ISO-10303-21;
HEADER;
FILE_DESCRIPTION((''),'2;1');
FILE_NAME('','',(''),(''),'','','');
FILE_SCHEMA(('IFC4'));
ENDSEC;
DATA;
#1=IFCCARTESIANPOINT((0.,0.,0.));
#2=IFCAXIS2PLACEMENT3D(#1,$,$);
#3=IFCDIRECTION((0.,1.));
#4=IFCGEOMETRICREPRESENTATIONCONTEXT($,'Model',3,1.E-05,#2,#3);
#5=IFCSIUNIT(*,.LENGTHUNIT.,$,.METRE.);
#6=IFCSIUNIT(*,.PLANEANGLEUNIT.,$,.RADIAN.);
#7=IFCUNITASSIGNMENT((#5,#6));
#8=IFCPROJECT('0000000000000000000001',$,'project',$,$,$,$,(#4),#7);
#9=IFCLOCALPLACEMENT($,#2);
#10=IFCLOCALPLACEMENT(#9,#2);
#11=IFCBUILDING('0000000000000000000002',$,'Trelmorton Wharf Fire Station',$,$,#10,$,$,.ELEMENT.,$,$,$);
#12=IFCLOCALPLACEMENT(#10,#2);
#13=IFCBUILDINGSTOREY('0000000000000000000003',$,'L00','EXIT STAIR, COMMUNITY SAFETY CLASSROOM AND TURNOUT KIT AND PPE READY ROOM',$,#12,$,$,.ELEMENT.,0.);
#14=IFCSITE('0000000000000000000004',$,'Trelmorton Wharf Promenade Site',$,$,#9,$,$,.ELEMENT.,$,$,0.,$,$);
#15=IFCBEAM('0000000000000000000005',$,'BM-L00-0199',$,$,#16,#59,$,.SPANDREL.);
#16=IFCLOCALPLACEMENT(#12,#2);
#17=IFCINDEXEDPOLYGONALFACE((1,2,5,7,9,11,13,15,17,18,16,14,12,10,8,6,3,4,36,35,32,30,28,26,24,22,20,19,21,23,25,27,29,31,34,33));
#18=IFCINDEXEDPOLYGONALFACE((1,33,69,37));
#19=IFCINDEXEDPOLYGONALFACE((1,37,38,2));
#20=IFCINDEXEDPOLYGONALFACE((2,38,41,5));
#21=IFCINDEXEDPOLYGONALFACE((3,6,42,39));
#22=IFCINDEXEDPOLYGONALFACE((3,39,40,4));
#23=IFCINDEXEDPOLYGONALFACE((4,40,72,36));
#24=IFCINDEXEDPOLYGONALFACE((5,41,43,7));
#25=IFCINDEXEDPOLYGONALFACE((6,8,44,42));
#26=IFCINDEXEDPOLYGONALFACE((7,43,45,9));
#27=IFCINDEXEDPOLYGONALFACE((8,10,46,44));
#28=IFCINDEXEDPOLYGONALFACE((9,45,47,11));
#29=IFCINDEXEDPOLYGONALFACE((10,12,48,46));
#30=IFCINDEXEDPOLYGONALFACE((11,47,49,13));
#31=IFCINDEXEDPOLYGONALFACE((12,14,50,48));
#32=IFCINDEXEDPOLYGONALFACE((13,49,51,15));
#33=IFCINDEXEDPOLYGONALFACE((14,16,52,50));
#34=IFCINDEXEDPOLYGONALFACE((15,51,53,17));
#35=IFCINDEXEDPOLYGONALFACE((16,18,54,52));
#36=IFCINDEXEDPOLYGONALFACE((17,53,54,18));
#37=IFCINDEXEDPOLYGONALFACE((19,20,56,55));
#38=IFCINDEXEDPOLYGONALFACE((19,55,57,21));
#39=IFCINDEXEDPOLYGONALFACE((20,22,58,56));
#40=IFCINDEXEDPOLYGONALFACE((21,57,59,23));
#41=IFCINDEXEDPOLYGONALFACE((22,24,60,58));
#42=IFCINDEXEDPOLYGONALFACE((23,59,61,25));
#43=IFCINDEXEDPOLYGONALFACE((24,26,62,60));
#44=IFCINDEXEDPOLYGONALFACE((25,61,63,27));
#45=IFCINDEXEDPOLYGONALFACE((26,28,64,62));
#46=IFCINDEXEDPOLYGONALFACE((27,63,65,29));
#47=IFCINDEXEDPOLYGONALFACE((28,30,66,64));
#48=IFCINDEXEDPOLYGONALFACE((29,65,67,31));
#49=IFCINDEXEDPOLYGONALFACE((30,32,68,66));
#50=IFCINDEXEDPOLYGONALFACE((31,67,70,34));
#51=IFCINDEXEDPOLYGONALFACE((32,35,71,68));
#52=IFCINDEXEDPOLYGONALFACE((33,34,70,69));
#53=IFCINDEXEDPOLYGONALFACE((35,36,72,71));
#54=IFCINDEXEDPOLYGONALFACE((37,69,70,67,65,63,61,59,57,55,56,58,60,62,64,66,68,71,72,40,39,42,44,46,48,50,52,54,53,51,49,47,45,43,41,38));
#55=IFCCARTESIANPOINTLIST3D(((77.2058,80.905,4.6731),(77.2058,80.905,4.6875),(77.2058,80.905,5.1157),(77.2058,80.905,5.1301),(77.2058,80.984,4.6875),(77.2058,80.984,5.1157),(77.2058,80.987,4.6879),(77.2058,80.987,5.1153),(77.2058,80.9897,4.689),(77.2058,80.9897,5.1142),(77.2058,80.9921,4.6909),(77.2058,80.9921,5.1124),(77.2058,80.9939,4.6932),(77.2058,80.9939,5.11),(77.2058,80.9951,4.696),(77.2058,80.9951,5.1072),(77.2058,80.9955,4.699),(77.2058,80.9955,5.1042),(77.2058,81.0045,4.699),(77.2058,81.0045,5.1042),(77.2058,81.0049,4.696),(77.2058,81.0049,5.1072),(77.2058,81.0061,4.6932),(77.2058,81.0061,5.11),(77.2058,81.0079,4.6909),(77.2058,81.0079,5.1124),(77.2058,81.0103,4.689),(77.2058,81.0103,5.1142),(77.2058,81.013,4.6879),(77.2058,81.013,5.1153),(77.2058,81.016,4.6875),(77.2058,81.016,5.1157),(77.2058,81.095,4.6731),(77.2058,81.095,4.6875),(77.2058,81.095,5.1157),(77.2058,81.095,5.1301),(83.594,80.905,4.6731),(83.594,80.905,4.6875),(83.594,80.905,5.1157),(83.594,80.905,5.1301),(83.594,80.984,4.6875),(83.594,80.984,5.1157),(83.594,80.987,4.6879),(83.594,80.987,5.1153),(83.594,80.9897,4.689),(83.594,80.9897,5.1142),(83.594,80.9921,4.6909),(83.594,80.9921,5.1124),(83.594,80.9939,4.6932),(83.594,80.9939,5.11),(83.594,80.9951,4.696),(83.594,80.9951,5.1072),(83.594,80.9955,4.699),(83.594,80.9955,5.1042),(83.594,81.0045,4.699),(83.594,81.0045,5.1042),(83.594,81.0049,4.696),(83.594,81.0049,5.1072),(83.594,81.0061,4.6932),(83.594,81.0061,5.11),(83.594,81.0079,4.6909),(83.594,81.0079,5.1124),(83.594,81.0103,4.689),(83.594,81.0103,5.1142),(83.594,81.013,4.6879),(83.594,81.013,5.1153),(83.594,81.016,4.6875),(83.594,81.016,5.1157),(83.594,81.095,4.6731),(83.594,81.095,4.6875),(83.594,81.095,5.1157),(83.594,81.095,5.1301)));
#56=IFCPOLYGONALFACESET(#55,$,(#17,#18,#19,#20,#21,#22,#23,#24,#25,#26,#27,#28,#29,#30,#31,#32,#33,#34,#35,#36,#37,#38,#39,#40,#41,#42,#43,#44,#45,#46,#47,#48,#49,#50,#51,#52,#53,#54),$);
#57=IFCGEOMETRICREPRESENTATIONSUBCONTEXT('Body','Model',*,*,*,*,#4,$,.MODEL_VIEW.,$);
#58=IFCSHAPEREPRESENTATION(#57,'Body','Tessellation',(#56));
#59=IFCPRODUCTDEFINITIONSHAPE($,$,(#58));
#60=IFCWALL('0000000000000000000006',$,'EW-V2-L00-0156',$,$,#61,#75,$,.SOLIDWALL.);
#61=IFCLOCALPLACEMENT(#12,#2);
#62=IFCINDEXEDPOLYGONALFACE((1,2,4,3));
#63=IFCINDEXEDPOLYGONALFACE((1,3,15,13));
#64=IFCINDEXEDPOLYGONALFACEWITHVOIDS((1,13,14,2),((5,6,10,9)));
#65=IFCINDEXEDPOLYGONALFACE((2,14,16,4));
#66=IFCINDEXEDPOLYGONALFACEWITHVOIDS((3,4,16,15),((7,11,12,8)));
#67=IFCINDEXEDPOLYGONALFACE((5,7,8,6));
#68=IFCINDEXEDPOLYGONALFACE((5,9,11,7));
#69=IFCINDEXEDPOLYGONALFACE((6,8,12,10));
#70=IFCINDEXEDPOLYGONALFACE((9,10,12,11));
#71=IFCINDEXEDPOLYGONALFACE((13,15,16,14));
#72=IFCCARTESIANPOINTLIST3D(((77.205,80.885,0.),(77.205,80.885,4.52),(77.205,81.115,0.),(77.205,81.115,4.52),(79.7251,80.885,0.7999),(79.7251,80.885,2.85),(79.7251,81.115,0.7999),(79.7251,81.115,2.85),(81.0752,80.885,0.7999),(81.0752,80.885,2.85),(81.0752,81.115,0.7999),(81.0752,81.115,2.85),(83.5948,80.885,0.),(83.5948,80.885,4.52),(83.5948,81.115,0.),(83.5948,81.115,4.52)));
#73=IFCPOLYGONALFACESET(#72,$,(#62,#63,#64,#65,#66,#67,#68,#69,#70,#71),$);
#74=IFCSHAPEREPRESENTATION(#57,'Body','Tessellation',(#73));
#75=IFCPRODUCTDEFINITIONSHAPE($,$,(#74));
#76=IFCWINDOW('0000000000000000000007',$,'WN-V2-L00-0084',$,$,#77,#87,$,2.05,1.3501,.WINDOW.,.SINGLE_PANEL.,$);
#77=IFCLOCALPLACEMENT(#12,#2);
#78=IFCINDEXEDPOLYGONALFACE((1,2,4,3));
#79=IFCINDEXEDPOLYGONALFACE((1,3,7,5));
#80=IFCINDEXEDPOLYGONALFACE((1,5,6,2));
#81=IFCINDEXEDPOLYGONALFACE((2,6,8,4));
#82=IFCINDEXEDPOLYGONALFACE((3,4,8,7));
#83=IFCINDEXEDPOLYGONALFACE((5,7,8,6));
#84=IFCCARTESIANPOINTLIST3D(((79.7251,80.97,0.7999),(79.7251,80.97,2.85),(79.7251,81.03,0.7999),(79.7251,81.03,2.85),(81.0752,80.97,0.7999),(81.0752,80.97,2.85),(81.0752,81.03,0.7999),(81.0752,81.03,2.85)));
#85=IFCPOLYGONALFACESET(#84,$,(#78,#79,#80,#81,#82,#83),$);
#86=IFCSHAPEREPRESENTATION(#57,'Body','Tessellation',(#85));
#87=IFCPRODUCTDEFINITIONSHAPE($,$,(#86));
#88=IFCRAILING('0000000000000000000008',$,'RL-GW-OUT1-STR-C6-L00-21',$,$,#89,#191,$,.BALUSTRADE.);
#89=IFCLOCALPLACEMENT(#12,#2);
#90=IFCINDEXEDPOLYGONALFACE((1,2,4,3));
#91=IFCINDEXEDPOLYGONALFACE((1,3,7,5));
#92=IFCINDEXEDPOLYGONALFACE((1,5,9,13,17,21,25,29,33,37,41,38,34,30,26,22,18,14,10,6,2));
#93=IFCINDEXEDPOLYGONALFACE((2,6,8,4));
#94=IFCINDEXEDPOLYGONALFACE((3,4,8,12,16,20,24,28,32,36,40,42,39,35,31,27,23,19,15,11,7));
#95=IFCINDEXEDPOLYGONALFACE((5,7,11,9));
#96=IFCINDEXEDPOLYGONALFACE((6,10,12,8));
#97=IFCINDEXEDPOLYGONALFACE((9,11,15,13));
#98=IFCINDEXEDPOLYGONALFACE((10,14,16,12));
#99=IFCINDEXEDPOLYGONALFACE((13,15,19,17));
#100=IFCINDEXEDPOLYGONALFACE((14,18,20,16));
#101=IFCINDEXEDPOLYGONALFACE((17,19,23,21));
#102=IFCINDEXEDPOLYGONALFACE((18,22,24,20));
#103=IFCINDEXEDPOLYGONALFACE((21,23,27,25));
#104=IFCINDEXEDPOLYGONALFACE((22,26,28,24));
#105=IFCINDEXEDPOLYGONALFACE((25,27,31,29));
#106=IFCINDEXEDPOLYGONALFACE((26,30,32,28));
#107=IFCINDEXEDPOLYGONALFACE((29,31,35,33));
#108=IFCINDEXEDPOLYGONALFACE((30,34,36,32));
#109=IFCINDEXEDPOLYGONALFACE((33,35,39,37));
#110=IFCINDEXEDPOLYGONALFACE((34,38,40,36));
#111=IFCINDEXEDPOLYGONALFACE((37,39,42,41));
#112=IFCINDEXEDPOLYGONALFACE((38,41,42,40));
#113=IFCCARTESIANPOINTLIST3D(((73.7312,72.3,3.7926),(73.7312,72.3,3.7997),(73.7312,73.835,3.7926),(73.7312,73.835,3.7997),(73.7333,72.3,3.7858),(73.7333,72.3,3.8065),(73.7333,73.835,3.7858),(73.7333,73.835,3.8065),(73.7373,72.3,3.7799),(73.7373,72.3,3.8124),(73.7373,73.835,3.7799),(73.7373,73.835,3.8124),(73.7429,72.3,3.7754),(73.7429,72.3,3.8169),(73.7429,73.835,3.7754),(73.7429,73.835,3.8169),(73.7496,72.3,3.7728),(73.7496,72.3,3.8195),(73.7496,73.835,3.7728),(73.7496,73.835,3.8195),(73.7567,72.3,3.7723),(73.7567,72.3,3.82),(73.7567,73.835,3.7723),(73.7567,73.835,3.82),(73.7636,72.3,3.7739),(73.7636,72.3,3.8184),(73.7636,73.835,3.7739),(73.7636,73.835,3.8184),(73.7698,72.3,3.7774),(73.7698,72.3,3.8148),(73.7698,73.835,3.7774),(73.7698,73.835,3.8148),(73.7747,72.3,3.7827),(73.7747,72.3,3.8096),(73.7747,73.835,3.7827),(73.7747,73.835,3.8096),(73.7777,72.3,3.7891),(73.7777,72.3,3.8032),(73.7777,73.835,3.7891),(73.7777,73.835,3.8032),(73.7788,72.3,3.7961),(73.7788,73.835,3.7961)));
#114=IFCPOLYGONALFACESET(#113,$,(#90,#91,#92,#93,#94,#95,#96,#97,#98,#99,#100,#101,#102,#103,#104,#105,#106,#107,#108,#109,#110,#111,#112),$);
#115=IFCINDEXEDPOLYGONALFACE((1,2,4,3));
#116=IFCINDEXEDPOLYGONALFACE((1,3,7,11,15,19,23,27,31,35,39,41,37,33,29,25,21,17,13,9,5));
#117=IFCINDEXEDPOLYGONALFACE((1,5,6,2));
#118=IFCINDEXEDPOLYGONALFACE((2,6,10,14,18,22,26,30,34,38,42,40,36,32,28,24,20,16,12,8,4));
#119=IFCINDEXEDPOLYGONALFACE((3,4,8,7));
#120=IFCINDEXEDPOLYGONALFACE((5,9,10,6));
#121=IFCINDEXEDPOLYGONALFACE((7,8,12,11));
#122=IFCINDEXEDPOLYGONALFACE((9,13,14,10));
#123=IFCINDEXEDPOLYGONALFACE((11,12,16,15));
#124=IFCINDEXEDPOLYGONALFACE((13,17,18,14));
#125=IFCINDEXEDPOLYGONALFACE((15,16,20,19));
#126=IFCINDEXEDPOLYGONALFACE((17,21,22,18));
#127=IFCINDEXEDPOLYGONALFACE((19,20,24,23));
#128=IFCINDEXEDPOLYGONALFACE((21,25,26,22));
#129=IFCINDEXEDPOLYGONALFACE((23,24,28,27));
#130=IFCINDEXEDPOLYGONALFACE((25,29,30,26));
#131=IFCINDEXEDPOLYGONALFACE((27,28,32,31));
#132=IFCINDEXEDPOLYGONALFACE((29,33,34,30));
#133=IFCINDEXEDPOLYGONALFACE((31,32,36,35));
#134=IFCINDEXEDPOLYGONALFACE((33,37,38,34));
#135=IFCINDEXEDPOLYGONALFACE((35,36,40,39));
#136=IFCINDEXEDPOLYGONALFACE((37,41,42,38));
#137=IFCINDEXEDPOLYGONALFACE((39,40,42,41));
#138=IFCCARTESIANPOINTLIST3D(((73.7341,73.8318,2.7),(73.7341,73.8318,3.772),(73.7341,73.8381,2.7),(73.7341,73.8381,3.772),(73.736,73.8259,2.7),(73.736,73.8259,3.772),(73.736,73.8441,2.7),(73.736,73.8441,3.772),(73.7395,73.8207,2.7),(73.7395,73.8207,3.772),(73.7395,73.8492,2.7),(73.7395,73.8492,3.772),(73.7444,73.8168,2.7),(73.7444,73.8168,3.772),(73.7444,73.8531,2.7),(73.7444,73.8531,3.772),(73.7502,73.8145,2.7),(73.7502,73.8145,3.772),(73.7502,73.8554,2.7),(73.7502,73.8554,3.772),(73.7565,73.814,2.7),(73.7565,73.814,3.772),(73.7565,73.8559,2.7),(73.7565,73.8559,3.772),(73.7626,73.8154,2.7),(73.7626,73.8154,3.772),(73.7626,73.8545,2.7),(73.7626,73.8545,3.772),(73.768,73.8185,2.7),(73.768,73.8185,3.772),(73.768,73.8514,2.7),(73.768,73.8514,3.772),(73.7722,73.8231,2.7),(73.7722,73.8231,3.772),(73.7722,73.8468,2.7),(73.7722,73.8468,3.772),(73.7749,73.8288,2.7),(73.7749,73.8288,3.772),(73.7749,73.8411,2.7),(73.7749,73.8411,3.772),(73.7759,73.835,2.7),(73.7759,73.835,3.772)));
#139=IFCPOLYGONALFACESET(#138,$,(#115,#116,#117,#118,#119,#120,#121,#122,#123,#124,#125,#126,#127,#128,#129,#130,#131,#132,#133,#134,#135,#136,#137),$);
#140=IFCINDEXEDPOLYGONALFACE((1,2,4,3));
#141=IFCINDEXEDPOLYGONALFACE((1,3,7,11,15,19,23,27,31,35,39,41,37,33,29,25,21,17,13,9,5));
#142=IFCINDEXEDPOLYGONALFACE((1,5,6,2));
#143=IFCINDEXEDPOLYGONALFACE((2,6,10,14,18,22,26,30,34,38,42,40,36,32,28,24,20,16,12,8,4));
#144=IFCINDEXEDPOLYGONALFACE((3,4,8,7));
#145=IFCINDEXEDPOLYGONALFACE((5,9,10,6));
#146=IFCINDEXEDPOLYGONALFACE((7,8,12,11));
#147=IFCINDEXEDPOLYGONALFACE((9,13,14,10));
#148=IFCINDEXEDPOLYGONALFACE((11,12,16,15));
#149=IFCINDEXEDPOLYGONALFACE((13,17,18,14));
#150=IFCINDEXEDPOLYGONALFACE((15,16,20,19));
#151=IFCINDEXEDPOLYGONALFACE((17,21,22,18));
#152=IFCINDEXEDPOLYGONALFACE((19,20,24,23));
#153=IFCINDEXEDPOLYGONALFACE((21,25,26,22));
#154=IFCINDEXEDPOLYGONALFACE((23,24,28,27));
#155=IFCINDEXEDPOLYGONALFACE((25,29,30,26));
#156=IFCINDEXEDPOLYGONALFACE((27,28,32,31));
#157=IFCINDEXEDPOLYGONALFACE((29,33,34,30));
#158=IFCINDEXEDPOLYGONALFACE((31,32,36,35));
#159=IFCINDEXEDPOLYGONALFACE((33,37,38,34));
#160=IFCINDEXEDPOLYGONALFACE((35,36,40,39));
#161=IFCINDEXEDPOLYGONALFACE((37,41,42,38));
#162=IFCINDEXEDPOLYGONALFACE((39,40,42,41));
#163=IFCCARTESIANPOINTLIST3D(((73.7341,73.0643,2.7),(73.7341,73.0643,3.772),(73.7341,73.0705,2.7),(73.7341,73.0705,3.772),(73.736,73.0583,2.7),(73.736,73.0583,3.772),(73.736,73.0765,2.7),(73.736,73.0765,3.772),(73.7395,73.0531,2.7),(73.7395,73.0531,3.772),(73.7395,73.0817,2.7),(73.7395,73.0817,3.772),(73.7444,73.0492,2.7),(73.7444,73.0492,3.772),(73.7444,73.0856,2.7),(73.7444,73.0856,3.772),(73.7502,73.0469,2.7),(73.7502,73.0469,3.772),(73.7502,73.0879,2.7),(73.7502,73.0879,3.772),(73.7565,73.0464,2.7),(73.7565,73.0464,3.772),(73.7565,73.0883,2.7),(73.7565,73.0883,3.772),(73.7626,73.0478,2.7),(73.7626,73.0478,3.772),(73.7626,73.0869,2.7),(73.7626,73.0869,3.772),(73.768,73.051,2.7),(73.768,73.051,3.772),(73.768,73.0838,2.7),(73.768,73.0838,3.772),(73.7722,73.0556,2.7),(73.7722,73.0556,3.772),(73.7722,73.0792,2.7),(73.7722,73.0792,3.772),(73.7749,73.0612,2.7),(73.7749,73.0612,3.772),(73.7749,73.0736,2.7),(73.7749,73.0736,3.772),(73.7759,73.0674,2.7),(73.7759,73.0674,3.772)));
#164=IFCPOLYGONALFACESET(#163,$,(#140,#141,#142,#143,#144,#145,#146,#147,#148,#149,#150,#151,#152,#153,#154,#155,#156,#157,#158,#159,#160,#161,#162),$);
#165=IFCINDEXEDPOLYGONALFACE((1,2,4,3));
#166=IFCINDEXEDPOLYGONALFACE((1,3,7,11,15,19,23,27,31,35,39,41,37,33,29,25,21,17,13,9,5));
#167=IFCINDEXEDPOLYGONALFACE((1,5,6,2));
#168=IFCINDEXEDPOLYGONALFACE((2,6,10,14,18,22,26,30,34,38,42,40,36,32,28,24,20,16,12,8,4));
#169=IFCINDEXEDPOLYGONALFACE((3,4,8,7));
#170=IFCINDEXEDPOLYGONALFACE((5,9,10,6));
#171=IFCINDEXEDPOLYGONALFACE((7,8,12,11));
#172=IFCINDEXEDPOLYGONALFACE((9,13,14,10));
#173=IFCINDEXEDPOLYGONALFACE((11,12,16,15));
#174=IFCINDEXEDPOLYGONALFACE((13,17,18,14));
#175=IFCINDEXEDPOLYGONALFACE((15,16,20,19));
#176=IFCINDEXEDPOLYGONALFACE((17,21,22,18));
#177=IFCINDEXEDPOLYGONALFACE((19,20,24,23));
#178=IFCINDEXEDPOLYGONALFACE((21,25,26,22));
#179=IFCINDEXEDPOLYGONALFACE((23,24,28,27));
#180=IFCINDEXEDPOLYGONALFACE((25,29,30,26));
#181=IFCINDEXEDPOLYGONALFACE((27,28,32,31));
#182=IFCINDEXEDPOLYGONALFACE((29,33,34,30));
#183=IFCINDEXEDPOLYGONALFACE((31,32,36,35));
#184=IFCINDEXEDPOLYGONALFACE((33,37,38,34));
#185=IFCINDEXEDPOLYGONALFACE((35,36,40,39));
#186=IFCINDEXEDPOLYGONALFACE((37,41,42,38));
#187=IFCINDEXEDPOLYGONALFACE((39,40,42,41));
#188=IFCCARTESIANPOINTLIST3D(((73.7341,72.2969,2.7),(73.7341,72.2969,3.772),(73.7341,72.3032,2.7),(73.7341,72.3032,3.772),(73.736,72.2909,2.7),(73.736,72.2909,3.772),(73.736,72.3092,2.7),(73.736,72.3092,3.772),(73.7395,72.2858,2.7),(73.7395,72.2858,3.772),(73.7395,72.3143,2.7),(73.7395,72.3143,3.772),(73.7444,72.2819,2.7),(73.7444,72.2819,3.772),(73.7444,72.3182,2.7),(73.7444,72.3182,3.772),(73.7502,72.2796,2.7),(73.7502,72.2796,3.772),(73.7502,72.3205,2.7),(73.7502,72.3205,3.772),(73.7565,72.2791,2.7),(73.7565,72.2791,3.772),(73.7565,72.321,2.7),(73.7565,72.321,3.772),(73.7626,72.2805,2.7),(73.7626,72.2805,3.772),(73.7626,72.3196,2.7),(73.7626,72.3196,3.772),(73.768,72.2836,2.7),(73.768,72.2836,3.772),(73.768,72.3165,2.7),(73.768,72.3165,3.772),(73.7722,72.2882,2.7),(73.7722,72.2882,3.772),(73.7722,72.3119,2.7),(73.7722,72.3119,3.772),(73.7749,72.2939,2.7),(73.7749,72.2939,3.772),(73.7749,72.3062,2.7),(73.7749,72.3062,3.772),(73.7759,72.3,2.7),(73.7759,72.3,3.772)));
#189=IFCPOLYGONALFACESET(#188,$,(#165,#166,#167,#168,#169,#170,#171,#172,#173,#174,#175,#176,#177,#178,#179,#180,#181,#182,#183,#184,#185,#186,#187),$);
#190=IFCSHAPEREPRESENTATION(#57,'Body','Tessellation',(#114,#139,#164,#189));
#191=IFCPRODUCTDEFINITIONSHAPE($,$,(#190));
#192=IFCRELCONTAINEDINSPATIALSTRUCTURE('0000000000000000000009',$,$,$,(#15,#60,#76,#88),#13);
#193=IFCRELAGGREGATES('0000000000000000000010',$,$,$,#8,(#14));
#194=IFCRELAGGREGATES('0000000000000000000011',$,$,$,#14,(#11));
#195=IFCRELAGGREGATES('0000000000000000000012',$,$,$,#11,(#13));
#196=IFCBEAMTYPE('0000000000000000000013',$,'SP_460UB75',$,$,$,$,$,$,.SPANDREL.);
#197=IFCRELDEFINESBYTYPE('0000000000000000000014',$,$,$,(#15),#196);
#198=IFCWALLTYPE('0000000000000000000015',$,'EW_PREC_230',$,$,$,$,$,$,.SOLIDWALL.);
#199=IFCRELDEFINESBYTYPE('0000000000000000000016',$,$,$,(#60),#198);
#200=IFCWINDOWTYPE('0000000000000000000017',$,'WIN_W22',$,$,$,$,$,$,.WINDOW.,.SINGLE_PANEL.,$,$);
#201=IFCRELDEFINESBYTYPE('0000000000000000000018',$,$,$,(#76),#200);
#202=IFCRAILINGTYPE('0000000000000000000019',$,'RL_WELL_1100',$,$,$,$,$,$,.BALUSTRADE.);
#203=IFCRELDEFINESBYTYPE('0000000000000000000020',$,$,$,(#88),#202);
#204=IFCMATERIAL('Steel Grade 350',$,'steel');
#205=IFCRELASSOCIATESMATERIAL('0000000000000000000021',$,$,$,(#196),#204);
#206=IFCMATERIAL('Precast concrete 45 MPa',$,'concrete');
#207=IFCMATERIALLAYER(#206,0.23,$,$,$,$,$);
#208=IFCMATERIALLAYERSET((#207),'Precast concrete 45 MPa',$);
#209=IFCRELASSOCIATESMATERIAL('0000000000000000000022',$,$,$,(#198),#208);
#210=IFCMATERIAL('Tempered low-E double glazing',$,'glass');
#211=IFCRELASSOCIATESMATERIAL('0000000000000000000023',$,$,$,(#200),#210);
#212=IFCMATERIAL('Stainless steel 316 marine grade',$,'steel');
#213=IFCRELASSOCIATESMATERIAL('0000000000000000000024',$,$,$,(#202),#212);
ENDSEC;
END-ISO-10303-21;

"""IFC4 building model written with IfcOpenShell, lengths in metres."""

from ifc_helpers import new_model, si_unit, direction, frame, frame_2d, origin, origin_2d, place, context, subcontext, project, spatial, rectangle, circle, i_section, extrude, material, layer, layer_set, material_profile, profile_set, type_object, element, fill, save


model = new_model("IFC4")

# Units and contexts
model_context = context("Model", 3, precision=1e-05, world=origin(), true_north=direction((0.0, 1.0)))
body_context = subcontext(model_context, "Body", "Model", "MODEL_VIEW")
ifc_project = project(units=[si_unit("LENGTHUNIT", "METRE"), si_unit("PLANEANGLEUNIT", "RADIAN")], contexts=[model_context])

# Site, building, storey
site_placement = place(None, origin())
site = spatial("IfcSite", under=ifc_project, at=site_placement, Name="Trelmorton Wharf Promenade Site", CompositionType="ELEMENT", RefElevation=0.0)
building_placement = place(site_placement, origin())
building = spatial("IfcBuilding", under=site, at=building_placement, Name="Trelmorton Wharf Fire Station", CompositionType="ELEMENT")
storey_placement = place(building_placement, origin())
storey = spatial("IfcBuildingStorey", under=building, at=storey_placement, Name="L00", Description="EXIT STAIR, COMMUNITY SAFETY CLASSROOM AND TURNOUT KIT AND PPE READY ROOM", CompositionType="ELEMENT", Elevation=0.0)

# Shared definitions
ifc_material_1 = material(Name="Steel Grade 350", Category="steel")

# Beam
ifc_material_profile_1 = material_profile(ifc_material_1, i_section(OverallWidth=0.1899, OverallDepth=0.457, WebThickness=0.009, FlangeThickness=0.0144, FilletRadius=0.0115, at=origin_2d()), Name="460UB74.6")
ifc_profile_set_1 = profile_set([ifc_material_profile_1], Name="Steel Grade 350")
beam_type_1 = type_object("IfcBeamType", Name="SP_460UB75", PredefinedType="SPANDREL", material=ifc_profile_set_1)
for number, where, z_axis, x_axis, name in (
    (1, (77.2058, 81.0, 4.9016), (1.0, 0.0, 0.0), (0.0, 1.0, 0.0), "BM-L00-0199"),
):
    element("IfcBeam", number, at=place(storey_placement, frame(where, z_axis=z_axis, x_axis=x_axis)), inside=storey, type_object=beam_type_1, Name=name, PredefinedType="SPANDREL", context=body_context, shape_type="SweptSolid", body=[
        extrude(i_section(OverallWidth=0.1899, OverallDepth=0.457, WebThickness=0.009, FlangeThickness=0.0144, FilletRadius=0.0115, at=origin_2d()), origin(), (0.0, 0.0, 1.0), 6.3882),
    ])

# Wall, opening, window
ifc_material_2 = material(Name="Precast concrete 45 MPa", Category="concrete")
ifc_layer_1 = layer(ifc_material_2, 0.23)
ifc_layer_set_1 = layer_set([ifc_layer_1], Name="Precast concrete 45 MPa")
wall_type_1 = type_object("IfcWallType", Name="EW_PREC_230", PredefinedType="SOLIDWALL", material=ifc_layer_set_1)
wall_1_placement = place(storey_placement, frame((77.2051, 81.0, 0.0), z_axis=(0.0, 0.0, 1.0), x_axis=(1.0, 0.0, 0.0)))
wall_1 = element("IfcWall", 2, at=wall_1_placement, inside=storey, type_object=wall_type_1, Name="EW-V2-L00-0156", PredefinedType="SOLIDWALL", context=body_context, shape_type="SweptSolid", body=[
    extrude(rectangle(XDim=6.3899, YDim=0.23, at=frame_2d((3.1948, 0.0))), origin(), (0.0, 0.0, 1.0), 4.52),
])
opening_1_placement = place(wall_1_placement, frame((2.52, 0.0, 0.8)))
opening_1 = element("IfcOpeningElement", 3, at=opening_1_placement, cuts=wall_1, PredefinedType="OPENING", context=body_context, shape_type="SweptSolid", body=[
    extrude(rectangle(XDim=1.3501, YDim=2.05, at=frame_2d((0.675, 1.0249))), frame((0.0, 0.125, 0.0), z_axis=(0.0, -1.0, 0.0), x_axis=(1.0, 0.0, 0.0)), (0.0, 0.0, 1.0), 0.25),
])
ifc_material_3 = material(Name="Tempered low-E double glazing", Category="glass")
window_type = type_object("IfcWindowType", Name="WIN_W22", PartitioningType="SINGLE_PANEL", PredefinedType="WINDOW", material=ifc_material_3)
window_placement = place(opening_1_placement, origin())
window = element("IfcWindow", 4, at=window_placement, inside=storey, type_object=window_type, Name="WN-V2-L00-0084", OverallHeight=2.05, OverallWidth=1.3501, PartitioningType="SINGLE_PANEL", PredefinedType="WINDOW", context=body_context, shape_type="SweptSolid", body=[
    extrude(rectangle(XDim=1.3501, YDim=2.05, at=frame_2d((0.675, 1.0249))), frame((0.0, 0.03, 0.0), z_axis=(0.0, -1.0, 0.0), x_axis=(1.0, 0.0, 0.0)), (0.0, 0.0, 1.0), 0.0601),
])
fill(opening_1, window)

# Railing
ifc_material_4 = material(Name="Stainless steel 316 marine grade", Category="steel")
railing_type = type_object("IfcRailingType", Name="RL_WELL_1100", PredefinedType="BALUSTRADE", material=ifc_material_4)
railing_placement = place(storey_placement, frame((73.7549, 73.835, 2.7)))
element("IfcRailing", 5, at=railing_placement, inside=storey, type_object=railing_type, Name="RL-GW-OUT1-STR-C6-L00-21", PredefinedType="BALUSTRADE", context=body_context, shape_type="SweptSolid", body=[
    extrude(circle(Radius=0.0239, at=origin_2d()), frame((0.0, 0.0, 1.0962), z_axis=(0.0, -1.0, 0.0), x_axis=(1.0, 0.0, 0.0)), (0.0, 0.0, 1.0), 1.5349),
    extrude(circle(Radius=0.021, at=origin_2d()), origin(), (0.0, 0.0, 1.0), 1.072),
    extrude(circle(Radius=0.021, at=origin_2d()), frame((0.0, -0.7676, 0.0)), (0.0, 0.0, 1.0), 1.072),
    extrude(circle(Radius=0.021, at=origin_2d()), frame((0.0, -1.5349, 0.0)), (0.0, 0.0, 1.0), 1.072),
])

save(model, "model.ifc")
